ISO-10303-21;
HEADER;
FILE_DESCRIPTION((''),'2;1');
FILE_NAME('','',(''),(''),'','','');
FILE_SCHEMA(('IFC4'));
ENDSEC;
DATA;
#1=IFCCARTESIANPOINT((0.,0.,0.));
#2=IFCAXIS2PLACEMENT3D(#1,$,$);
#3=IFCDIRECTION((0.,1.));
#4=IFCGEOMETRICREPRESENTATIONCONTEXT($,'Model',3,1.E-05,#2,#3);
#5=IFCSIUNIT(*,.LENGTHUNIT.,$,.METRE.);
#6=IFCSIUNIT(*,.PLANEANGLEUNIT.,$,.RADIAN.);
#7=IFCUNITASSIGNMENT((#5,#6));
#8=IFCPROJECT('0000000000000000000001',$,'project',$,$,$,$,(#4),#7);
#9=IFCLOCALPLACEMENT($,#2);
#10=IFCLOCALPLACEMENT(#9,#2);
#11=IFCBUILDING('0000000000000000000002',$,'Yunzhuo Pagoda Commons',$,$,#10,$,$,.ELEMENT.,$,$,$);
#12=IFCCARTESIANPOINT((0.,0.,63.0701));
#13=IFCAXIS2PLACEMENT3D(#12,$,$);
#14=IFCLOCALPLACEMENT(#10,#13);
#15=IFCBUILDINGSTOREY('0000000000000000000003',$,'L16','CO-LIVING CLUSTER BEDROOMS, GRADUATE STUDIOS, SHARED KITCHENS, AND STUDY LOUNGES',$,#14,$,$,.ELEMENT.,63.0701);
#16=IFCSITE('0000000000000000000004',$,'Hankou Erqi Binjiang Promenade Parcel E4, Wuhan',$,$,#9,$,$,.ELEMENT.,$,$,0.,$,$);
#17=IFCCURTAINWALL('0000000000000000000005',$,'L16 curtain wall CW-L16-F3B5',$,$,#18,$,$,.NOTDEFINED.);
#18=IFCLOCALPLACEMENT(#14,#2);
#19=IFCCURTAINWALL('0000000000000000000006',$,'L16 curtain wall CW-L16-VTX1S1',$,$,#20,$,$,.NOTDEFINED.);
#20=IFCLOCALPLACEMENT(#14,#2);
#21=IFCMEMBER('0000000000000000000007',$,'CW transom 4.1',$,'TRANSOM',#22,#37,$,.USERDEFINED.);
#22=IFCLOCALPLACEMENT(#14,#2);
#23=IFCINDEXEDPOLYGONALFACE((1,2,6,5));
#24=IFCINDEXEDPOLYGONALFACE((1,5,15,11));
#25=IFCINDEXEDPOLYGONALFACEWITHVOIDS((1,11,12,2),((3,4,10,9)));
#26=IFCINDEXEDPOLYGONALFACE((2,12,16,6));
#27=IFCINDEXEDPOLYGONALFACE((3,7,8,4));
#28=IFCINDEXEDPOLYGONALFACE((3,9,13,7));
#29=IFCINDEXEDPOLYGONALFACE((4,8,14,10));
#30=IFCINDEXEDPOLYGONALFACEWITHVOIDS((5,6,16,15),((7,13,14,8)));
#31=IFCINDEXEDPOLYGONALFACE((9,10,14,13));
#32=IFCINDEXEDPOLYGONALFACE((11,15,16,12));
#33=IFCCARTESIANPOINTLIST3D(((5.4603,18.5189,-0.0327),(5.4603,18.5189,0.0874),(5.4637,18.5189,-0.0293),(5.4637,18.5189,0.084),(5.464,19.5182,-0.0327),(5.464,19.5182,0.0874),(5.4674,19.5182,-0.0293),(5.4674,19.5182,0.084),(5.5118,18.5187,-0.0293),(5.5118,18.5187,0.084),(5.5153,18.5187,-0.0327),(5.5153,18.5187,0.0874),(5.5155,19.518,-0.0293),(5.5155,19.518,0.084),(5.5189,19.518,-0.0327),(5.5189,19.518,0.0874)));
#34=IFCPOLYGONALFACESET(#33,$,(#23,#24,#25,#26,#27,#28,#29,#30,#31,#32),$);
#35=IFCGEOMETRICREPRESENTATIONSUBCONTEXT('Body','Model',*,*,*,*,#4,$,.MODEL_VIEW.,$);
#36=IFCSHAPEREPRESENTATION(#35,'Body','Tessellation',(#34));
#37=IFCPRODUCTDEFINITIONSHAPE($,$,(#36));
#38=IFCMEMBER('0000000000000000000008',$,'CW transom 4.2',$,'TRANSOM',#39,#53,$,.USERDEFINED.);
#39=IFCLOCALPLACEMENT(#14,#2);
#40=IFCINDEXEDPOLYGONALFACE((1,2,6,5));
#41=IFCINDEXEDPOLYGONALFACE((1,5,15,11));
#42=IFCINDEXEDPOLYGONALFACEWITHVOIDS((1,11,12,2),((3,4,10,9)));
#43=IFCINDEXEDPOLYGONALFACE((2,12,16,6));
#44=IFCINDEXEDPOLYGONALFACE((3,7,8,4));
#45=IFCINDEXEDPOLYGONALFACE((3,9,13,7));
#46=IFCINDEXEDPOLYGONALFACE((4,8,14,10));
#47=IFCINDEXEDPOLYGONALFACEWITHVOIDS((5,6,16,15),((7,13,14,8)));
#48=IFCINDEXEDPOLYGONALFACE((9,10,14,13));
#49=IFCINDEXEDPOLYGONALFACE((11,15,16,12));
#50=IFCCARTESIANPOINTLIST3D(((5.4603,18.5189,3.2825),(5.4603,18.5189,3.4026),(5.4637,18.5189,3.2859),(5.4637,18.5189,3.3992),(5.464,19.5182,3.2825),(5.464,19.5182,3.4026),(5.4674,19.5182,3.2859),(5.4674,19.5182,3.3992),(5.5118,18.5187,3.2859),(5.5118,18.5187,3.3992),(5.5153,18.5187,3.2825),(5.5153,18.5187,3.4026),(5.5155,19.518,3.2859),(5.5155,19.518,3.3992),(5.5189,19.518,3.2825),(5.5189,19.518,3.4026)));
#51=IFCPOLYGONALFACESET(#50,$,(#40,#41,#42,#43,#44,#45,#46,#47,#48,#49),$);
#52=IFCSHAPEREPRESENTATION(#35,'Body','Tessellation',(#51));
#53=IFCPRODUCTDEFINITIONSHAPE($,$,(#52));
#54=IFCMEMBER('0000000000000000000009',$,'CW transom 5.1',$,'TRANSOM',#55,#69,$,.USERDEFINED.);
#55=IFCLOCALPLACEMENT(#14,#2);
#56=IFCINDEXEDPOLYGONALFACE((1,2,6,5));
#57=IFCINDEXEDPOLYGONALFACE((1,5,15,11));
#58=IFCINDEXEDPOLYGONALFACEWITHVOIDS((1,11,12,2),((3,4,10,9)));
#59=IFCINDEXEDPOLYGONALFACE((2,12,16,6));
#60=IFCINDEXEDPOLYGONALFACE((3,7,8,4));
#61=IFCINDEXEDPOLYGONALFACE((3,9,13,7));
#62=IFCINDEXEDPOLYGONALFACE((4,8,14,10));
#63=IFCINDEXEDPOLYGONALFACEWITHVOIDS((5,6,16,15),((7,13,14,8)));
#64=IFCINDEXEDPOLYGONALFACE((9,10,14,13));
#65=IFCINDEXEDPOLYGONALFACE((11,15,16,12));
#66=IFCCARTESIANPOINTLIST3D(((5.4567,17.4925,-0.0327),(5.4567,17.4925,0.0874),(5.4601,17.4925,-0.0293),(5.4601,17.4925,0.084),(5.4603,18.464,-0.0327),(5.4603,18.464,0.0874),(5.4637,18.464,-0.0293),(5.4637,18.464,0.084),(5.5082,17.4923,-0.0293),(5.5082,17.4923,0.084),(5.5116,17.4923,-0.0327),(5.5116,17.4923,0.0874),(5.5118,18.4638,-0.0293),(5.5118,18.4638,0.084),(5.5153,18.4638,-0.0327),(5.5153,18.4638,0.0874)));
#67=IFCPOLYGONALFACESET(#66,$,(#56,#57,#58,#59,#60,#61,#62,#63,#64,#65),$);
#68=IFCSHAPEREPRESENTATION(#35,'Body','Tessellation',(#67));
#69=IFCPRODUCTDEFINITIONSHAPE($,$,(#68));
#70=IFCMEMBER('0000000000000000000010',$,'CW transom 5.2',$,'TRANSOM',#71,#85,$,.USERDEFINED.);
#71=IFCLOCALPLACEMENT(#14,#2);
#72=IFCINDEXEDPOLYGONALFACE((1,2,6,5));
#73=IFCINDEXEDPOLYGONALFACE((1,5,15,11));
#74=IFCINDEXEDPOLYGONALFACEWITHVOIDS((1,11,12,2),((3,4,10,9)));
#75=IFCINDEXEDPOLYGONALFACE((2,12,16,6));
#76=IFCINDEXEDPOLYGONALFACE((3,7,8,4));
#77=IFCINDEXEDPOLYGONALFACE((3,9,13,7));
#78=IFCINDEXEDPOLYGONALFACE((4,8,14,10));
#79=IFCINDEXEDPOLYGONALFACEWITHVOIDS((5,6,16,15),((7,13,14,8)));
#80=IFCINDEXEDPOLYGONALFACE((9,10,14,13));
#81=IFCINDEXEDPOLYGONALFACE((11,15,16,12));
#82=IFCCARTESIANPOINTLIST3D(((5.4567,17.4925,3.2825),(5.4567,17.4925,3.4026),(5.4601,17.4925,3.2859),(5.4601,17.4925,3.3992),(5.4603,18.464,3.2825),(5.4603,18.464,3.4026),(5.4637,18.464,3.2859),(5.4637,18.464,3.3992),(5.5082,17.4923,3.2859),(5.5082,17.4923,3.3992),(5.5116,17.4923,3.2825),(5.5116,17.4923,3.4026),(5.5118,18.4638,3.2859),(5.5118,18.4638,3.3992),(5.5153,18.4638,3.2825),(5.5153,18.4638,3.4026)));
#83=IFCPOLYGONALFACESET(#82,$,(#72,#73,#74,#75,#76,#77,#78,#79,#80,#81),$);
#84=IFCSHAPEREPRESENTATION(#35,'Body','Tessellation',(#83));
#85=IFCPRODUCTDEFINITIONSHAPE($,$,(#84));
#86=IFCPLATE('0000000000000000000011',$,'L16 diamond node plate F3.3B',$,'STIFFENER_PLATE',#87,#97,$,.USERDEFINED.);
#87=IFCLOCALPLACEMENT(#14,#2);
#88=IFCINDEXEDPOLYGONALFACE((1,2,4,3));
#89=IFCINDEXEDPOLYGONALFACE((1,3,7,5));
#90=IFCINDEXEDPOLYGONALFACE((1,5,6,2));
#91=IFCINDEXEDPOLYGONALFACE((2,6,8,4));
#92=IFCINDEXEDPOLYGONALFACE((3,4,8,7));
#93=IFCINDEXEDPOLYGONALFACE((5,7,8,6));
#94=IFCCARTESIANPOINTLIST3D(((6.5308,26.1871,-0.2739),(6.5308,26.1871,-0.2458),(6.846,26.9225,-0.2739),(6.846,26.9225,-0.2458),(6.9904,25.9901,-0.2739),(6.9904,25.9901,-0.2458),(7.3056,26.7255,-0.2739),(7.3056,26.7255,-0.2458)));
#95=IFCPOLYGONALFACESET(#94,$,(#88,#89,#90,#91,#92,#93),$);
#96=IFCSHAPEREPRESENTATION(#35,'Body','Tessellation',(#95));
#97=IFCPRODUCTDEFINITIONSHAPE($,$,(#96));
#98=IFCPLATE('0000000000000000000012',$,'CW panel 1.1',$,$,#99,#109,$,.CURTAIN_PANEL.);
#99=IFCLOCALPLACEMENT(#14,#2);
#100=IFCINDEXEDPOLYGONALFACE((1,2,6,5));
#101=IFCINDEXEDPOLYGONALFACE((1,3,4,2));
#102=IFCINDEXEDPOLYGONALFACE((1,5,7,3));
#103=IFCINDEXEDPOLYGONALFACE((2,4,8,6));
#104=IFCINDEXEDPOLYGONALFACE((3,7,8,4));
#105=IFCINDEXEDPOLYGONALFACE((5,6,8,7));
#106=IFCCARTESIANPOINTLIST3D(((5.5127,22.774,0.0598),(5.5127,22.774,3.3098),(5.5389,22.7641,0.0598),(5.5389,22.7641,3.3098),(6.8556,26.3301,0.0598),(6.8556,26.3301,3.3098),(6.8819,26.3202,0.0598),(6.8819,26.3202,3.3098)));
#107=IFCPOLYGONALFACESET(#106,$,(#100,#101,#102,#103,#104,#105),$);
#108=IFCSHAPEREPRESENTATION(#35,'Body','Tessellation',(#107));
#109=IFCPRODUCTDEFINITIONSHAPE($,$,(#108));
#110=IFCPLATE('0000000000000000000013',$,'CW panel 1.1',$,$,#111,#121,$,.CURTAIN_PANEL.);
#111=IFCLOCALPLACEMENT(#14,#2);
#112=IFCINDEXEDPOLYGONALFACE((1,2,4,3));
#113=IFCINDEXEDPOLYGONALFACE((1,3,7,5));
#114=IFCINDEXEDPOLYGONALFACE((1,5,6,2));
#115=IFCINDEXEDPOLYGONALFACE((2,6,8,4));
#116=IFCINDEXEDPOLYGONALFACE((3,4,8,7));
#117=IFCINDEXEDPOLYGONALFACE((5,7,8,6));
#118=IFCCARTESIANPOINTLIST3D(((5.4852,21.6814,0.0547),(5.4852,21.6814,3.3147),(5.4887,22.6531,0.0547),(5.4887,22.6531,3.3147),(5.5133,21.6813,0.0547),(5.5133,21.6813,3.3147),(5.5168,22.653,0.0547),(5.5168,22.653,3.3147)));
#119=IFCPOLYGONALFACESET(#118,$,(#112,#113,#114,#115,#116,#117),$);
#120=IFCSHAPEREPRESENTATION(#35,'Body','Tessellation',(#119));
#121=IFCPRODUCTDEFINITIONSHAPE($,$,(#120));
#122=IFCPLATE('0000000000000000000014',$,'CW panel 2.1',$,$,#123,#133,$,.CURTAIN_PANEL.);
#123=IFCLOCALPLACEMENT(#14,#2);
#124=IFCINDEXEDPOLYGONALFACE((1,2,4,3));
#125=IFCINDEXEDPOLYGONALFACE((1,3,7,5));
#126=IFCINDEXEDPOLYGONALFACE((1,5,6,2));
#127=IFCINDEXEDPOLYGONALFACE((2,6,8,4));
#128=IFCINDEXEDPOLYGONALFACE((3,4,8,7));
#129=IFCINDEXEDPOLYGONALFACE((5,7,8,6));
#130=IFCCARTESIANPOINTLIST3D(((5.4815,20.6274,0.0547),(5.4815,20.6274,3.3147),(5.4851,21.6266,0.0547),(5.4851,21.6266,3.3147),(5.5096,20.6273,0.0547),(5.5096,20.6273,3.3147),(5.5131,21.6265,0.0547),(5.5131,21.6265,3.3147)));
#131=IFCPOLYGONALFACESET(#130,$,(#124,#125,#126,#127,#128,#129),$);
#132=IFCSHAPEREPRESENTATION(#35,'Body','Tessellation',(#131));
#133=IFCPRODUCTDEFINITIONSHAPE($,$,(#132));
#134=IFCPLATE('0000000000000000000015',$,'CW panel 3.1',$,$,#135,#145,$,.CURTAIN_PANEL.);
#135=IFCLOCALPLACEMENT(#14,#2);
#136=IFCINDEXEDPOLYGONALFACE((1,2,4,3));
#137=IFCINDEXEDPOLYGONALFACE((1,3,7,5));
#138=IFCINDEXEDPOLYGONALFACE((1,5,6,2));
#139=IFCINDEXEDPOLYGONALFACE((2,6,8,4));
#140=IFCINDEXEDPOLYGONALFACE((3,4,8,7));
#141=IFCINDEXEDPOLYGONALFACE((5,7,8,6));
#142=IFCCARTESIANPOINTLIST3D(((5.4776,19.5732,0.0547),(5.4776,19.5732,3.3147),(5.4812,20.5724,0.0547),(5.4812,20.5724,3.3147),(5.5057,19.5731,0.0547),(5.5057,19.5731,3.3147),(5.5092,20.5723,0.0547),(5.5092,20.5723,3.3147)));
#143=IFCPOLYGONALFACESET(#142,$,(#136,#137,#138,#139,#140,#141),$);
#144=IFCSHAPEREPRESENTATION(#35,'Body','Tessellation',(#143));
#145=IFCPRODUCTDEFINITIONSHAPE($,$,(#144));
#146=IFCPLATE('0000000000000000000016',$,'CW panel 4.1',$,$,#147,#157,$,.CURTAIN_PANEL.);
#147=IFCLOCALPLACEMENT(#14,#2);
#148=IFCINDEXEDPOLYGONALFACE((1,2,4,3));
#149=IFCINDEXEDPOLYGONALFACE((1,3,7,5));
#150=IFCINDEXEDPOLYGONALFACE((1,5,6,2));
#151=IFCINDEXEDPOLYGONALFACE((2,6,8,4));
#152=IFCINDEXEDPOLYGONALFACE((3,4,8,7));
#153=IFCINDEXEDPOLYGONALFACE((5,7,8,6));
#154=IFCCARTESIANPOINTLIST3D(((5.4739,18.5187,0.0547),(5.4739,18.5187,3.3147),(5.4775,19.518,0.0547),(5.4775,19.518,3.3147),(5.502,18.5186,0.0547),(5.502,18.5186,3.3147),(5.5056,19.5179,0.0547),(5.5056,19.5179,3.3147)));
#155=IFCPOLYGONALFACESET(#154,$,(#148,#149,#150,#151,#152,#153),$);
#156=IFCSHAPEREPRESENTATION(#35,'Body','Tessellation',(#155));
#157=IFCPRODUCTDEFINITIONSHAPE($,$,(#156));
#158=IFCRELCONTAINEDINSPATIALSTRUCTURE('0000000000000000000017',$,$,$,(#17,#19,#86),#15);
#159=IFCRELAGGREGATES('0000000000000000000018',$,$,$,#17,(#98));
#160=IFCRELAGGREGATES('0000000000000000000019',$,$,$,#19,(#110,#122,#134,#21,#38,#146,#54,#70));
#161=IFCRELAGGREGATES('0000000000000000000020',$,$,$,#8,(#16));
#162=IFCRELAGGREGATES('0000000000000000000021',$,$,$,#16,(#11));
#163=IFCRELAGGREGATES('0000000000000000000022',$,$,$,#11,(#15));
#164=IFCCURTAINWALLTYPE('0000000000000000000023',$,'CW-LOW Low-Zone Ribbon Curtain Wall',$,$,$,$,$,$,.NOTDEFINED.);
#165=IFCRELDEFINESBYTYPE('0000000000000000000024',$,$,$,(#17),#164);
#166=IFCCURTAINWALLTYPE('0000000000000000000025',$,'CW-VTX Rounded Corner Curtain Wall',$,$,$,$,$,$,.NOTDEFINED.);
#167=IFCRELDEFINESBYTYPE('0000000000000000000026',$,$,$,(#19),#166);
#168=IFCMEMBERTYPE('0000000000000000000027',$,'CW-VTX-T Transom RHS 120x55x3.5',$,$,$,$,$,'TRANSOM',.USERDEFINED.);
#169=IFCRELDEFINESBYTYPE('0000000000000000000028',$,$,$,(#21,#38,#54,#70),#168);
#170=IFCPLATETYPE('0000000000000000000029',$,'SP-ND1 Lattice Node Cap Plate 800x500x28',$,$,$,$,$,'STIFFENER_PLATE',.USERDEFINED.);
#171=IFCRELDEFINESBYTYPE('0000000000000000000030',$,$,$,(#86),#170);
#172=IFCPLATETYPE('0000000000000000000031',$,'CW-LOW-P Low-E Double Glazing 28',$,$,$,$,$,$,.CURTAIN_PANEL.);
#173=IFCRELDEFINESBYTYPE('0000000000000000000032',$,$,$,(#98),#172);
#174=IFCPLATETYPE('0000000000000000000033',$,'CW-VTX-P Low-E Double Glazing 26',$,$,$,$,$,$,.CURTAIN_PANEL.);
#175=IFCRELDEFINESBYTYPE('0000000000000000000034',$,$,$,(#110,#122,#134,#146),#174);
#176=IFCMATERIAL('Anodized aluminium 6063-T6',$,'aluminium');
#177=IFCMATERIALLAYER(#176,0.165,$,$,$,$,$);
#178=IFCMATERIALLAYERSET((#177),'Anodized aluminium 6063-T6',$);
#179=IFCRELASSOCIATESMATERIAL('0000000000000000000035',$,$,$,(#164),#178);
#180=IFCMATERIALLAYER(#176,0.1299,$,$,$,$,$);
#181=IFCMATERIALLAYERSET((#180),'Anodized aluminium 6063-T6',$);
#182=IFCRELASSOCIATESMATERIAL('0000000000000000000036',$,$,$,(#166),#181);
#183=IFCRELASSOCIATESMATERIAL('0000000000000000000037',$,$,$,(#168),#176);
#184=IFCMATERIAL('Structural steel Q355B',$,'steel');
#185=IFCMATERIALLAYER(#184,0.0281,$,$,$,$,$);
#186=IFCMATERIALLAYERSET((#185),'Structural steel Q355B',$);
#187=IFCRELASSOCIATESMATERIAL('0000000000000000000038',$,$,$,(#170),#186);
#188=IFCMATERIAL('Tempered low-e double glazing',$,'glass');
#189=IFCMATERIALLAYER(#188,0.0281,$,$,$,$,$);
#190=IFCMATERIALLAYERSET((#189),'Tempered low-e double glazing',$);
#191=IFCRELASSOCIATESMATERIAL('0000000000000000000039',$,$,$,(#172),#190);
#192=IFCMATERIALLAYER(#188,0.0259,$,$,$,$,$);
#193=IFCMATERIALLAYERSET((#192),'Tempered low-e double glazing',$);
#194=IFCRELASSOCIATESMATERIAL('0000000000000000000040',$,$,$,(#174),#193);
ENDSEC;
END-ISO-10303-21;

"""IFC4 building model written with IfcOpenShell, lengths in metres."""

from ifc_helpers import new_model, si_unit, direction, frame, origin, origin_2d, place, context, subcontext, project, spatial, rectangle, hollow_rectangle, extrude, source, transform, mapped, material, layer, layer_set, material_profile, profile_set, type_object, element, aggregate, save


model = new_model("IFC4")

# Units and contexts
model_context = context("Model", 3, precision=1e-05, world=origin(), true_north=direction((0.0, 1.0)))
body_context = subcontext(model_context, "Body", "Model", "MODEL_VIEW")
ifc_project = project(units=[si_unit("LENGTHUNIT", "METRE"), si_unit("PLANEANGLEUNIT", "RADIAN")], contexts=[model_context])

# Site, building, storey
site_placement = place(None, origin())
site = spatial("IfcSite", under=ifc_project, at=site_placement, Name="Hankou Erqi Binjiang Promenade Parcel E4, Wuhan", CompositionType="ELEMENT", RefElevation=0.0)
building_placement = place(site_placement, origin())
building = spatial("IfcBuilding", under=site, at=building_placement, Name="Yunzhuo Pagoda Commons", CompositionType="ELEMENT")
storey_placement = place(building_placement, frame((0.0, 0.0, 63.0701)))
storey = spatial("IfcBuildingStorey", under=building, at=storey_placement, Name="L16", Description="CO-LIVING CLUSTER BEDROOMS, GRADUATE STUDIOS, SHARED KITCHENS, AND STUDY LOUNGES", CompositionType="ELEMENT", Elevation=63.0701)

# Shared definitions
ifc_material_1 = material(Name="Structural steel Q355B", Category="steel")

# Shared definitions
ifc_material_2 = material(Name="Anodized aluminium 6063-T6", Category="aluminium")
ifc_layer_1 = layer(ifc_material_2, 0.165)
ifc_layer_set_1 = layer_set([ifc_layer_1], Name="Anodized aluminium 6063-T6")
curtain_wall_type_1 = type_object("IfcCurtainWallType", Name="CW-LOW Low-Zone Ribbon Curtain Wall", PredefinedType="NOTDEFINED", material=ifc_layer_set_1)

# Curtain walls
curtain_wall_1_placement = place(storey_placement, origin())
curtain_wall_1 = element("IfcCurtainWall", 1, at=curtain_wall_1_placement, inside=storey, type_object=curtain_wall_type_1, Name="L16 curtain wall CW-L16-F3B5", PredefinedType="NOTDEFINED")
ifc_layer_2 = layer(ifc_material_2, 0.1299)
ifc_layer_set_2 = layer_set([ifc_layer_2], Name="Anodized aluminium 6063-T6")
curtain_wall_type_2 = type_object("IfcCurtainWallType", Name="CW-VTX Rounded Corner Curtain Wall", PredefinedType="NOTDEFINED", material=ifc_layer_set_2)
curtain_wall_2_placement = place(storey_placement, origin())
curtain_wall_2 = element("IfcCurtainWall", 2, at=curtain_wall_2_placement, inside=storey, type_object=curtain_wall_type_2, Name="L16 curtain wall CW-L16-VTX1S1", PredefinedType="NOTDEFINED")

# Members
ifc_material_profile_1 = material_profile(ifc_material_2, hollow_rectangle(XDim=0.0549, YDim=0.1201, WallThickness=0.0034, at=origin_2d()), Name="Anodized aluminium 6063-T6")
ifc_profile_set_1 = profile_set([ifc_material_profile_1], Name="Anodized aluminium 6063-T6")
member_type_1 = type_object("IfcMemberType", Name="CW-VTX-T Transom RHS 120x55x3.5", ElementType="TRANSOM", PredefinedType="USERDEFINED", material=ifc_profile_set_1)
shared_shape_1 = source(origin(), body_context, "Body", "SweptSolid", [
    extrude(hollow_rectangle(XDim=0.0549, YDim=0.1201, WallThickness=0.0034, at=origin_2d()), origin(), (0.0, 0.0, 1.0), 0.9993),
])
member_1_placement = place(storey_placement, frame((5.4915, 19.5181, 0.0273), z_axis=(-0.003665, -0.999993, 0.0), x_axis=(0.999993, -0.003665, 0.0)))
member_1 = element("IfcMember", 3, at=member_1_placement, type_object=member_type_1, Name="CW transom 4.1", ObjectType="TRANSOM", PredefinedType="USERDEFINED", context=body_context, shape_type="MappedRepresentation", body=[
    mapped(shared_shape_1, transform((0.0, 0.0, 0.0), scale=1.0)),
])
member_2_placement = place(storey_placement, frame((5.4915, 19.5181, 3.3425), z_axis=(-0.003665, -0.999993, 0.0), x_axis=(0.999993, -0.003665, 0.0)))
member_2 = element("IfcMember", 4, at=member_2_placement, type_object=member_type_1, Name="CW transom 4.2", ObjectType="TRANSOM", PredefinedType="USERDEFINED", context=body_context, shape_type="MappedRepresentation", body=[
    mapped(shared_shape_1, transform((0.0, 0.0, 0.0), scale=1.0)),
])
shared_shape_2 = source(origin(), body_context, "Body", "SweptSolid", [
    extrude(hollow_rectangle(XDim=0.0549, YDim=0.1201, WallThickness=0.0034, at=origin_2d()), origin(), (0.0, 0.0, 1.0), 0.9714),
])
member_3_placement = place(storey_placement, frame((5.4878, 18.4639, 0.0273), z_axis=(-0.00377, -0.999993, 0.0), x_axis=(0.999993, -0.00377, 0.0)))
member_3 = element("IfcMember", 5, at=member_3_placement, type_object=member_type_1, Name="CW transom 5.1", ObjectType="TRANSOM", PredefinedType="USERDEFINED", context=body_context, shape_type="MappedRepresentation", body=[
    mapped(shared_shape_2, transform((0.0, 0.0, 0.0), scale=1.0)),
])
member_4_placement = place(storey_placement, frame((5.4878, 18.4639, 3.3425), z_axis=(-0.00377, -0.999993, 0.0), x_axis=(0.999993, -0.00377, 0.0)))
member_4 = element("IfcMember", 6, at=member_4_placement, type_object=member_type_1, Name="CW transom 5.2", ObjectType="TRANSOM", PredefinedType="USERDEFINED", context=body_context, shape_type="MappedRepresentation", body=[
    mapped(shared_shape_2, transform((0.0, 0.0, 0.0), scale=1.0)),
])

# Plates
ifc_layer_3 = layer(ifc_material_1, 0.0281)
ifc_layer_set_3 = layer_set([ifc_layer_3], Name="Structural steel Q355B")
plate_type_1 = type_object("IfcPlateType", Name="SP-ND1 Lattice Node Cap Plate 800x500x28", ElementType="STIFFENER_PLATE", PredefinedType="USERDEFINED", material=ifc_layer_set_3)
shared_shape_3 = source(origin(), body_context, "Body", "SweptSolid", [
    extrude(rectangle(XDim=0.8, YDim=0.5, at=origin_2d()), origin(), (0.0, 0.0, 1.0), 0.0281),
])
plate_1_placement = place(storey_placement, frame((6.9182, 26.4563, -0.2739), z_axis=(0.0, 0.0, 1.0), x_axis=(-0.393974, -0.919122, 0.0)))
element("IfcPlate", 7, at=plate_1_placement, inside=storey, type_object=plate_type_1, Name="L16 diamond node plate F3.3B", ObjectType="STIFFENER_PLATE", PredefinedType="USERDEFINED", context=body_context, shape_type="MappedRepresentation", body=[
    mapped(shared_shape_3, transform((0.0, 0.0, 0.0), scale=1.0)),
])
ifc_material_3 = material(Name="Tempered low-e double glazing", Category="glass")
ifc_layer_4 = layer(ifc_material_3, 0.0281)
ifc_layer_set_4 = layer_set([ifc_layer_4], Name="Tempered low-e double glazing")
plate_type_2 = type_object("IfcPlateType", Name="CW-LOW-P Low-E Double Glazing 28", PredefinedType="CURTAIN_PANEL", material=ifc_layer_set_4)
shared_shape_4 = source(origin(), body_context, "Body", "SweptSolid", [
    extrude(rectangle(XDim=3.8013, YDim=0.0281, at=origin_2d()), origin(), (0.0, 0.0, 1.0), 3.25),
])
plate_2_placement = place(storey_placement, frame((6.1973, 24.5471, 0.0598), z_axis=(0.0, 0.0, 1.0), x_axis=(-0.353291, -0.935513, 0.0)))
plate_2 = element("IfcPlate", 8, at=plate_2_placement, type_object=plate_type_2, Name="CW panel 1.1", PredefinedType="CURTAIN_PANEL", context=body_context, shape_type="MappedRepresentation", body=[
    mapped(shared_shape_4, transform((0.0, 0.0, 0.0), scale=1.0)),
])
aggregate(curtain_wall_1, [plate_2])
ifc_layer_5 = layer(ifc_material_3, 0.0259)
ifc_layer_set_5 = layer_set([ifc_layer_5], Name="Tempered low-e double glazing")
plate_type_3 = type_object("IfcPlateType", Name="CW-VTX-P Low-E Double Glazing 26", PredefinedType="CURTAIN_PANEL", material=ifc_layer_set_5)
shared_shape_5 = source(origin(), body_context, "Body", "SweptSolid", [
    extrude(rectangle(XDim=0.9717, YDim=0.0281, at=origin_2d()), origin(), (0.0, 0.0, 1.0), 3.26),
])
plate_3_placement = place(storey_placement, frame((5.501, 22.1672, 0.0547), z_axis=(0.0, 0.0, 1.0), x_axis=(-0.003586, -0.999994, 0.0)))
plate_3 = element("IfcPlate", 9, at=plate_3_placement, type_object=plate_type_3, Name="CW panel 1.1", PredefinedType="CURTAIN_PANEL", context=body_context, shape_type="MappedRepresentation", body=[
    mapped(shared_shape_5, transform((0.0, 0.0, 0.0), scale=1.0)),
])
shared_shape_6 = source(origin(), body_context, "Body", "SweptSolid", [
    extrude(rectangle(XDim=0.9993, YDim=0.0281, at=origin_2d()), origin(), (0.0, 0.0, 1.0), 3.26),
])
plate_4_placement = place(storey_placement, frame((5.4973, 21.127, 0.0547), z_axis=(0.0, 0.0, 1.0), x_axis=(-0.003586, -0.999994, 0.0)))
plate_4 = element("IfcPlate", 10, at=plate_4_placement, type_object=plate_type_3, Name="CW panel 2.1", PredefinedType="CURTAIN_PANEL", context=body_context, shape_type="MappedRepresentation", body=[
    mapped(shared_shape_6, transform((0.0, 0.0, 0.0), scale=1.0)),
])
plate_5_placement = place(storey_placement, frame((5.4934, 20.0728, 0.0547), z_axis=(0.0, 0.0, 1.0), x_axis=(-0.003586, -0.999994, 0.0)))
plate_5 = element("IfcPlate", 11, at=plate_5_placement, type_object=plate_type_3, Name="CW panel 3.1", PredefinedType="CURTAIN_PANEL", context=body_context, shape_type="MappedRepresentation", body=[
    mapped(shared_shape_6, transform((0.0, 0.0, 0.0), scale=1.0)),
])
plate_6_placement = place(storey_placement, frame((5.4897, 19.0183, 0.0547), z_axis=(0.0, 0.0, 1.0), x_axis=(-0.003586, -0.999994, 0.0)))
plate_6 = element("IfcPlate", 12, at=plate_6_placement, type_object=plate_type_3, Name="CW panel 4.1", PredefinedType="CURTAIN_PANEL", context=body_context, shape_type="MappedRepresentation", body=[
    mapped(shared_shape_6, transform((0.0, 0.0, 0.0), scale=1.0)),
])
aggregate(curtain_wall_2, [plate_3, plate_4, plate_5, member_1, member_2, plate_6, member_3, member_4])

save(model, "model.ifc")
